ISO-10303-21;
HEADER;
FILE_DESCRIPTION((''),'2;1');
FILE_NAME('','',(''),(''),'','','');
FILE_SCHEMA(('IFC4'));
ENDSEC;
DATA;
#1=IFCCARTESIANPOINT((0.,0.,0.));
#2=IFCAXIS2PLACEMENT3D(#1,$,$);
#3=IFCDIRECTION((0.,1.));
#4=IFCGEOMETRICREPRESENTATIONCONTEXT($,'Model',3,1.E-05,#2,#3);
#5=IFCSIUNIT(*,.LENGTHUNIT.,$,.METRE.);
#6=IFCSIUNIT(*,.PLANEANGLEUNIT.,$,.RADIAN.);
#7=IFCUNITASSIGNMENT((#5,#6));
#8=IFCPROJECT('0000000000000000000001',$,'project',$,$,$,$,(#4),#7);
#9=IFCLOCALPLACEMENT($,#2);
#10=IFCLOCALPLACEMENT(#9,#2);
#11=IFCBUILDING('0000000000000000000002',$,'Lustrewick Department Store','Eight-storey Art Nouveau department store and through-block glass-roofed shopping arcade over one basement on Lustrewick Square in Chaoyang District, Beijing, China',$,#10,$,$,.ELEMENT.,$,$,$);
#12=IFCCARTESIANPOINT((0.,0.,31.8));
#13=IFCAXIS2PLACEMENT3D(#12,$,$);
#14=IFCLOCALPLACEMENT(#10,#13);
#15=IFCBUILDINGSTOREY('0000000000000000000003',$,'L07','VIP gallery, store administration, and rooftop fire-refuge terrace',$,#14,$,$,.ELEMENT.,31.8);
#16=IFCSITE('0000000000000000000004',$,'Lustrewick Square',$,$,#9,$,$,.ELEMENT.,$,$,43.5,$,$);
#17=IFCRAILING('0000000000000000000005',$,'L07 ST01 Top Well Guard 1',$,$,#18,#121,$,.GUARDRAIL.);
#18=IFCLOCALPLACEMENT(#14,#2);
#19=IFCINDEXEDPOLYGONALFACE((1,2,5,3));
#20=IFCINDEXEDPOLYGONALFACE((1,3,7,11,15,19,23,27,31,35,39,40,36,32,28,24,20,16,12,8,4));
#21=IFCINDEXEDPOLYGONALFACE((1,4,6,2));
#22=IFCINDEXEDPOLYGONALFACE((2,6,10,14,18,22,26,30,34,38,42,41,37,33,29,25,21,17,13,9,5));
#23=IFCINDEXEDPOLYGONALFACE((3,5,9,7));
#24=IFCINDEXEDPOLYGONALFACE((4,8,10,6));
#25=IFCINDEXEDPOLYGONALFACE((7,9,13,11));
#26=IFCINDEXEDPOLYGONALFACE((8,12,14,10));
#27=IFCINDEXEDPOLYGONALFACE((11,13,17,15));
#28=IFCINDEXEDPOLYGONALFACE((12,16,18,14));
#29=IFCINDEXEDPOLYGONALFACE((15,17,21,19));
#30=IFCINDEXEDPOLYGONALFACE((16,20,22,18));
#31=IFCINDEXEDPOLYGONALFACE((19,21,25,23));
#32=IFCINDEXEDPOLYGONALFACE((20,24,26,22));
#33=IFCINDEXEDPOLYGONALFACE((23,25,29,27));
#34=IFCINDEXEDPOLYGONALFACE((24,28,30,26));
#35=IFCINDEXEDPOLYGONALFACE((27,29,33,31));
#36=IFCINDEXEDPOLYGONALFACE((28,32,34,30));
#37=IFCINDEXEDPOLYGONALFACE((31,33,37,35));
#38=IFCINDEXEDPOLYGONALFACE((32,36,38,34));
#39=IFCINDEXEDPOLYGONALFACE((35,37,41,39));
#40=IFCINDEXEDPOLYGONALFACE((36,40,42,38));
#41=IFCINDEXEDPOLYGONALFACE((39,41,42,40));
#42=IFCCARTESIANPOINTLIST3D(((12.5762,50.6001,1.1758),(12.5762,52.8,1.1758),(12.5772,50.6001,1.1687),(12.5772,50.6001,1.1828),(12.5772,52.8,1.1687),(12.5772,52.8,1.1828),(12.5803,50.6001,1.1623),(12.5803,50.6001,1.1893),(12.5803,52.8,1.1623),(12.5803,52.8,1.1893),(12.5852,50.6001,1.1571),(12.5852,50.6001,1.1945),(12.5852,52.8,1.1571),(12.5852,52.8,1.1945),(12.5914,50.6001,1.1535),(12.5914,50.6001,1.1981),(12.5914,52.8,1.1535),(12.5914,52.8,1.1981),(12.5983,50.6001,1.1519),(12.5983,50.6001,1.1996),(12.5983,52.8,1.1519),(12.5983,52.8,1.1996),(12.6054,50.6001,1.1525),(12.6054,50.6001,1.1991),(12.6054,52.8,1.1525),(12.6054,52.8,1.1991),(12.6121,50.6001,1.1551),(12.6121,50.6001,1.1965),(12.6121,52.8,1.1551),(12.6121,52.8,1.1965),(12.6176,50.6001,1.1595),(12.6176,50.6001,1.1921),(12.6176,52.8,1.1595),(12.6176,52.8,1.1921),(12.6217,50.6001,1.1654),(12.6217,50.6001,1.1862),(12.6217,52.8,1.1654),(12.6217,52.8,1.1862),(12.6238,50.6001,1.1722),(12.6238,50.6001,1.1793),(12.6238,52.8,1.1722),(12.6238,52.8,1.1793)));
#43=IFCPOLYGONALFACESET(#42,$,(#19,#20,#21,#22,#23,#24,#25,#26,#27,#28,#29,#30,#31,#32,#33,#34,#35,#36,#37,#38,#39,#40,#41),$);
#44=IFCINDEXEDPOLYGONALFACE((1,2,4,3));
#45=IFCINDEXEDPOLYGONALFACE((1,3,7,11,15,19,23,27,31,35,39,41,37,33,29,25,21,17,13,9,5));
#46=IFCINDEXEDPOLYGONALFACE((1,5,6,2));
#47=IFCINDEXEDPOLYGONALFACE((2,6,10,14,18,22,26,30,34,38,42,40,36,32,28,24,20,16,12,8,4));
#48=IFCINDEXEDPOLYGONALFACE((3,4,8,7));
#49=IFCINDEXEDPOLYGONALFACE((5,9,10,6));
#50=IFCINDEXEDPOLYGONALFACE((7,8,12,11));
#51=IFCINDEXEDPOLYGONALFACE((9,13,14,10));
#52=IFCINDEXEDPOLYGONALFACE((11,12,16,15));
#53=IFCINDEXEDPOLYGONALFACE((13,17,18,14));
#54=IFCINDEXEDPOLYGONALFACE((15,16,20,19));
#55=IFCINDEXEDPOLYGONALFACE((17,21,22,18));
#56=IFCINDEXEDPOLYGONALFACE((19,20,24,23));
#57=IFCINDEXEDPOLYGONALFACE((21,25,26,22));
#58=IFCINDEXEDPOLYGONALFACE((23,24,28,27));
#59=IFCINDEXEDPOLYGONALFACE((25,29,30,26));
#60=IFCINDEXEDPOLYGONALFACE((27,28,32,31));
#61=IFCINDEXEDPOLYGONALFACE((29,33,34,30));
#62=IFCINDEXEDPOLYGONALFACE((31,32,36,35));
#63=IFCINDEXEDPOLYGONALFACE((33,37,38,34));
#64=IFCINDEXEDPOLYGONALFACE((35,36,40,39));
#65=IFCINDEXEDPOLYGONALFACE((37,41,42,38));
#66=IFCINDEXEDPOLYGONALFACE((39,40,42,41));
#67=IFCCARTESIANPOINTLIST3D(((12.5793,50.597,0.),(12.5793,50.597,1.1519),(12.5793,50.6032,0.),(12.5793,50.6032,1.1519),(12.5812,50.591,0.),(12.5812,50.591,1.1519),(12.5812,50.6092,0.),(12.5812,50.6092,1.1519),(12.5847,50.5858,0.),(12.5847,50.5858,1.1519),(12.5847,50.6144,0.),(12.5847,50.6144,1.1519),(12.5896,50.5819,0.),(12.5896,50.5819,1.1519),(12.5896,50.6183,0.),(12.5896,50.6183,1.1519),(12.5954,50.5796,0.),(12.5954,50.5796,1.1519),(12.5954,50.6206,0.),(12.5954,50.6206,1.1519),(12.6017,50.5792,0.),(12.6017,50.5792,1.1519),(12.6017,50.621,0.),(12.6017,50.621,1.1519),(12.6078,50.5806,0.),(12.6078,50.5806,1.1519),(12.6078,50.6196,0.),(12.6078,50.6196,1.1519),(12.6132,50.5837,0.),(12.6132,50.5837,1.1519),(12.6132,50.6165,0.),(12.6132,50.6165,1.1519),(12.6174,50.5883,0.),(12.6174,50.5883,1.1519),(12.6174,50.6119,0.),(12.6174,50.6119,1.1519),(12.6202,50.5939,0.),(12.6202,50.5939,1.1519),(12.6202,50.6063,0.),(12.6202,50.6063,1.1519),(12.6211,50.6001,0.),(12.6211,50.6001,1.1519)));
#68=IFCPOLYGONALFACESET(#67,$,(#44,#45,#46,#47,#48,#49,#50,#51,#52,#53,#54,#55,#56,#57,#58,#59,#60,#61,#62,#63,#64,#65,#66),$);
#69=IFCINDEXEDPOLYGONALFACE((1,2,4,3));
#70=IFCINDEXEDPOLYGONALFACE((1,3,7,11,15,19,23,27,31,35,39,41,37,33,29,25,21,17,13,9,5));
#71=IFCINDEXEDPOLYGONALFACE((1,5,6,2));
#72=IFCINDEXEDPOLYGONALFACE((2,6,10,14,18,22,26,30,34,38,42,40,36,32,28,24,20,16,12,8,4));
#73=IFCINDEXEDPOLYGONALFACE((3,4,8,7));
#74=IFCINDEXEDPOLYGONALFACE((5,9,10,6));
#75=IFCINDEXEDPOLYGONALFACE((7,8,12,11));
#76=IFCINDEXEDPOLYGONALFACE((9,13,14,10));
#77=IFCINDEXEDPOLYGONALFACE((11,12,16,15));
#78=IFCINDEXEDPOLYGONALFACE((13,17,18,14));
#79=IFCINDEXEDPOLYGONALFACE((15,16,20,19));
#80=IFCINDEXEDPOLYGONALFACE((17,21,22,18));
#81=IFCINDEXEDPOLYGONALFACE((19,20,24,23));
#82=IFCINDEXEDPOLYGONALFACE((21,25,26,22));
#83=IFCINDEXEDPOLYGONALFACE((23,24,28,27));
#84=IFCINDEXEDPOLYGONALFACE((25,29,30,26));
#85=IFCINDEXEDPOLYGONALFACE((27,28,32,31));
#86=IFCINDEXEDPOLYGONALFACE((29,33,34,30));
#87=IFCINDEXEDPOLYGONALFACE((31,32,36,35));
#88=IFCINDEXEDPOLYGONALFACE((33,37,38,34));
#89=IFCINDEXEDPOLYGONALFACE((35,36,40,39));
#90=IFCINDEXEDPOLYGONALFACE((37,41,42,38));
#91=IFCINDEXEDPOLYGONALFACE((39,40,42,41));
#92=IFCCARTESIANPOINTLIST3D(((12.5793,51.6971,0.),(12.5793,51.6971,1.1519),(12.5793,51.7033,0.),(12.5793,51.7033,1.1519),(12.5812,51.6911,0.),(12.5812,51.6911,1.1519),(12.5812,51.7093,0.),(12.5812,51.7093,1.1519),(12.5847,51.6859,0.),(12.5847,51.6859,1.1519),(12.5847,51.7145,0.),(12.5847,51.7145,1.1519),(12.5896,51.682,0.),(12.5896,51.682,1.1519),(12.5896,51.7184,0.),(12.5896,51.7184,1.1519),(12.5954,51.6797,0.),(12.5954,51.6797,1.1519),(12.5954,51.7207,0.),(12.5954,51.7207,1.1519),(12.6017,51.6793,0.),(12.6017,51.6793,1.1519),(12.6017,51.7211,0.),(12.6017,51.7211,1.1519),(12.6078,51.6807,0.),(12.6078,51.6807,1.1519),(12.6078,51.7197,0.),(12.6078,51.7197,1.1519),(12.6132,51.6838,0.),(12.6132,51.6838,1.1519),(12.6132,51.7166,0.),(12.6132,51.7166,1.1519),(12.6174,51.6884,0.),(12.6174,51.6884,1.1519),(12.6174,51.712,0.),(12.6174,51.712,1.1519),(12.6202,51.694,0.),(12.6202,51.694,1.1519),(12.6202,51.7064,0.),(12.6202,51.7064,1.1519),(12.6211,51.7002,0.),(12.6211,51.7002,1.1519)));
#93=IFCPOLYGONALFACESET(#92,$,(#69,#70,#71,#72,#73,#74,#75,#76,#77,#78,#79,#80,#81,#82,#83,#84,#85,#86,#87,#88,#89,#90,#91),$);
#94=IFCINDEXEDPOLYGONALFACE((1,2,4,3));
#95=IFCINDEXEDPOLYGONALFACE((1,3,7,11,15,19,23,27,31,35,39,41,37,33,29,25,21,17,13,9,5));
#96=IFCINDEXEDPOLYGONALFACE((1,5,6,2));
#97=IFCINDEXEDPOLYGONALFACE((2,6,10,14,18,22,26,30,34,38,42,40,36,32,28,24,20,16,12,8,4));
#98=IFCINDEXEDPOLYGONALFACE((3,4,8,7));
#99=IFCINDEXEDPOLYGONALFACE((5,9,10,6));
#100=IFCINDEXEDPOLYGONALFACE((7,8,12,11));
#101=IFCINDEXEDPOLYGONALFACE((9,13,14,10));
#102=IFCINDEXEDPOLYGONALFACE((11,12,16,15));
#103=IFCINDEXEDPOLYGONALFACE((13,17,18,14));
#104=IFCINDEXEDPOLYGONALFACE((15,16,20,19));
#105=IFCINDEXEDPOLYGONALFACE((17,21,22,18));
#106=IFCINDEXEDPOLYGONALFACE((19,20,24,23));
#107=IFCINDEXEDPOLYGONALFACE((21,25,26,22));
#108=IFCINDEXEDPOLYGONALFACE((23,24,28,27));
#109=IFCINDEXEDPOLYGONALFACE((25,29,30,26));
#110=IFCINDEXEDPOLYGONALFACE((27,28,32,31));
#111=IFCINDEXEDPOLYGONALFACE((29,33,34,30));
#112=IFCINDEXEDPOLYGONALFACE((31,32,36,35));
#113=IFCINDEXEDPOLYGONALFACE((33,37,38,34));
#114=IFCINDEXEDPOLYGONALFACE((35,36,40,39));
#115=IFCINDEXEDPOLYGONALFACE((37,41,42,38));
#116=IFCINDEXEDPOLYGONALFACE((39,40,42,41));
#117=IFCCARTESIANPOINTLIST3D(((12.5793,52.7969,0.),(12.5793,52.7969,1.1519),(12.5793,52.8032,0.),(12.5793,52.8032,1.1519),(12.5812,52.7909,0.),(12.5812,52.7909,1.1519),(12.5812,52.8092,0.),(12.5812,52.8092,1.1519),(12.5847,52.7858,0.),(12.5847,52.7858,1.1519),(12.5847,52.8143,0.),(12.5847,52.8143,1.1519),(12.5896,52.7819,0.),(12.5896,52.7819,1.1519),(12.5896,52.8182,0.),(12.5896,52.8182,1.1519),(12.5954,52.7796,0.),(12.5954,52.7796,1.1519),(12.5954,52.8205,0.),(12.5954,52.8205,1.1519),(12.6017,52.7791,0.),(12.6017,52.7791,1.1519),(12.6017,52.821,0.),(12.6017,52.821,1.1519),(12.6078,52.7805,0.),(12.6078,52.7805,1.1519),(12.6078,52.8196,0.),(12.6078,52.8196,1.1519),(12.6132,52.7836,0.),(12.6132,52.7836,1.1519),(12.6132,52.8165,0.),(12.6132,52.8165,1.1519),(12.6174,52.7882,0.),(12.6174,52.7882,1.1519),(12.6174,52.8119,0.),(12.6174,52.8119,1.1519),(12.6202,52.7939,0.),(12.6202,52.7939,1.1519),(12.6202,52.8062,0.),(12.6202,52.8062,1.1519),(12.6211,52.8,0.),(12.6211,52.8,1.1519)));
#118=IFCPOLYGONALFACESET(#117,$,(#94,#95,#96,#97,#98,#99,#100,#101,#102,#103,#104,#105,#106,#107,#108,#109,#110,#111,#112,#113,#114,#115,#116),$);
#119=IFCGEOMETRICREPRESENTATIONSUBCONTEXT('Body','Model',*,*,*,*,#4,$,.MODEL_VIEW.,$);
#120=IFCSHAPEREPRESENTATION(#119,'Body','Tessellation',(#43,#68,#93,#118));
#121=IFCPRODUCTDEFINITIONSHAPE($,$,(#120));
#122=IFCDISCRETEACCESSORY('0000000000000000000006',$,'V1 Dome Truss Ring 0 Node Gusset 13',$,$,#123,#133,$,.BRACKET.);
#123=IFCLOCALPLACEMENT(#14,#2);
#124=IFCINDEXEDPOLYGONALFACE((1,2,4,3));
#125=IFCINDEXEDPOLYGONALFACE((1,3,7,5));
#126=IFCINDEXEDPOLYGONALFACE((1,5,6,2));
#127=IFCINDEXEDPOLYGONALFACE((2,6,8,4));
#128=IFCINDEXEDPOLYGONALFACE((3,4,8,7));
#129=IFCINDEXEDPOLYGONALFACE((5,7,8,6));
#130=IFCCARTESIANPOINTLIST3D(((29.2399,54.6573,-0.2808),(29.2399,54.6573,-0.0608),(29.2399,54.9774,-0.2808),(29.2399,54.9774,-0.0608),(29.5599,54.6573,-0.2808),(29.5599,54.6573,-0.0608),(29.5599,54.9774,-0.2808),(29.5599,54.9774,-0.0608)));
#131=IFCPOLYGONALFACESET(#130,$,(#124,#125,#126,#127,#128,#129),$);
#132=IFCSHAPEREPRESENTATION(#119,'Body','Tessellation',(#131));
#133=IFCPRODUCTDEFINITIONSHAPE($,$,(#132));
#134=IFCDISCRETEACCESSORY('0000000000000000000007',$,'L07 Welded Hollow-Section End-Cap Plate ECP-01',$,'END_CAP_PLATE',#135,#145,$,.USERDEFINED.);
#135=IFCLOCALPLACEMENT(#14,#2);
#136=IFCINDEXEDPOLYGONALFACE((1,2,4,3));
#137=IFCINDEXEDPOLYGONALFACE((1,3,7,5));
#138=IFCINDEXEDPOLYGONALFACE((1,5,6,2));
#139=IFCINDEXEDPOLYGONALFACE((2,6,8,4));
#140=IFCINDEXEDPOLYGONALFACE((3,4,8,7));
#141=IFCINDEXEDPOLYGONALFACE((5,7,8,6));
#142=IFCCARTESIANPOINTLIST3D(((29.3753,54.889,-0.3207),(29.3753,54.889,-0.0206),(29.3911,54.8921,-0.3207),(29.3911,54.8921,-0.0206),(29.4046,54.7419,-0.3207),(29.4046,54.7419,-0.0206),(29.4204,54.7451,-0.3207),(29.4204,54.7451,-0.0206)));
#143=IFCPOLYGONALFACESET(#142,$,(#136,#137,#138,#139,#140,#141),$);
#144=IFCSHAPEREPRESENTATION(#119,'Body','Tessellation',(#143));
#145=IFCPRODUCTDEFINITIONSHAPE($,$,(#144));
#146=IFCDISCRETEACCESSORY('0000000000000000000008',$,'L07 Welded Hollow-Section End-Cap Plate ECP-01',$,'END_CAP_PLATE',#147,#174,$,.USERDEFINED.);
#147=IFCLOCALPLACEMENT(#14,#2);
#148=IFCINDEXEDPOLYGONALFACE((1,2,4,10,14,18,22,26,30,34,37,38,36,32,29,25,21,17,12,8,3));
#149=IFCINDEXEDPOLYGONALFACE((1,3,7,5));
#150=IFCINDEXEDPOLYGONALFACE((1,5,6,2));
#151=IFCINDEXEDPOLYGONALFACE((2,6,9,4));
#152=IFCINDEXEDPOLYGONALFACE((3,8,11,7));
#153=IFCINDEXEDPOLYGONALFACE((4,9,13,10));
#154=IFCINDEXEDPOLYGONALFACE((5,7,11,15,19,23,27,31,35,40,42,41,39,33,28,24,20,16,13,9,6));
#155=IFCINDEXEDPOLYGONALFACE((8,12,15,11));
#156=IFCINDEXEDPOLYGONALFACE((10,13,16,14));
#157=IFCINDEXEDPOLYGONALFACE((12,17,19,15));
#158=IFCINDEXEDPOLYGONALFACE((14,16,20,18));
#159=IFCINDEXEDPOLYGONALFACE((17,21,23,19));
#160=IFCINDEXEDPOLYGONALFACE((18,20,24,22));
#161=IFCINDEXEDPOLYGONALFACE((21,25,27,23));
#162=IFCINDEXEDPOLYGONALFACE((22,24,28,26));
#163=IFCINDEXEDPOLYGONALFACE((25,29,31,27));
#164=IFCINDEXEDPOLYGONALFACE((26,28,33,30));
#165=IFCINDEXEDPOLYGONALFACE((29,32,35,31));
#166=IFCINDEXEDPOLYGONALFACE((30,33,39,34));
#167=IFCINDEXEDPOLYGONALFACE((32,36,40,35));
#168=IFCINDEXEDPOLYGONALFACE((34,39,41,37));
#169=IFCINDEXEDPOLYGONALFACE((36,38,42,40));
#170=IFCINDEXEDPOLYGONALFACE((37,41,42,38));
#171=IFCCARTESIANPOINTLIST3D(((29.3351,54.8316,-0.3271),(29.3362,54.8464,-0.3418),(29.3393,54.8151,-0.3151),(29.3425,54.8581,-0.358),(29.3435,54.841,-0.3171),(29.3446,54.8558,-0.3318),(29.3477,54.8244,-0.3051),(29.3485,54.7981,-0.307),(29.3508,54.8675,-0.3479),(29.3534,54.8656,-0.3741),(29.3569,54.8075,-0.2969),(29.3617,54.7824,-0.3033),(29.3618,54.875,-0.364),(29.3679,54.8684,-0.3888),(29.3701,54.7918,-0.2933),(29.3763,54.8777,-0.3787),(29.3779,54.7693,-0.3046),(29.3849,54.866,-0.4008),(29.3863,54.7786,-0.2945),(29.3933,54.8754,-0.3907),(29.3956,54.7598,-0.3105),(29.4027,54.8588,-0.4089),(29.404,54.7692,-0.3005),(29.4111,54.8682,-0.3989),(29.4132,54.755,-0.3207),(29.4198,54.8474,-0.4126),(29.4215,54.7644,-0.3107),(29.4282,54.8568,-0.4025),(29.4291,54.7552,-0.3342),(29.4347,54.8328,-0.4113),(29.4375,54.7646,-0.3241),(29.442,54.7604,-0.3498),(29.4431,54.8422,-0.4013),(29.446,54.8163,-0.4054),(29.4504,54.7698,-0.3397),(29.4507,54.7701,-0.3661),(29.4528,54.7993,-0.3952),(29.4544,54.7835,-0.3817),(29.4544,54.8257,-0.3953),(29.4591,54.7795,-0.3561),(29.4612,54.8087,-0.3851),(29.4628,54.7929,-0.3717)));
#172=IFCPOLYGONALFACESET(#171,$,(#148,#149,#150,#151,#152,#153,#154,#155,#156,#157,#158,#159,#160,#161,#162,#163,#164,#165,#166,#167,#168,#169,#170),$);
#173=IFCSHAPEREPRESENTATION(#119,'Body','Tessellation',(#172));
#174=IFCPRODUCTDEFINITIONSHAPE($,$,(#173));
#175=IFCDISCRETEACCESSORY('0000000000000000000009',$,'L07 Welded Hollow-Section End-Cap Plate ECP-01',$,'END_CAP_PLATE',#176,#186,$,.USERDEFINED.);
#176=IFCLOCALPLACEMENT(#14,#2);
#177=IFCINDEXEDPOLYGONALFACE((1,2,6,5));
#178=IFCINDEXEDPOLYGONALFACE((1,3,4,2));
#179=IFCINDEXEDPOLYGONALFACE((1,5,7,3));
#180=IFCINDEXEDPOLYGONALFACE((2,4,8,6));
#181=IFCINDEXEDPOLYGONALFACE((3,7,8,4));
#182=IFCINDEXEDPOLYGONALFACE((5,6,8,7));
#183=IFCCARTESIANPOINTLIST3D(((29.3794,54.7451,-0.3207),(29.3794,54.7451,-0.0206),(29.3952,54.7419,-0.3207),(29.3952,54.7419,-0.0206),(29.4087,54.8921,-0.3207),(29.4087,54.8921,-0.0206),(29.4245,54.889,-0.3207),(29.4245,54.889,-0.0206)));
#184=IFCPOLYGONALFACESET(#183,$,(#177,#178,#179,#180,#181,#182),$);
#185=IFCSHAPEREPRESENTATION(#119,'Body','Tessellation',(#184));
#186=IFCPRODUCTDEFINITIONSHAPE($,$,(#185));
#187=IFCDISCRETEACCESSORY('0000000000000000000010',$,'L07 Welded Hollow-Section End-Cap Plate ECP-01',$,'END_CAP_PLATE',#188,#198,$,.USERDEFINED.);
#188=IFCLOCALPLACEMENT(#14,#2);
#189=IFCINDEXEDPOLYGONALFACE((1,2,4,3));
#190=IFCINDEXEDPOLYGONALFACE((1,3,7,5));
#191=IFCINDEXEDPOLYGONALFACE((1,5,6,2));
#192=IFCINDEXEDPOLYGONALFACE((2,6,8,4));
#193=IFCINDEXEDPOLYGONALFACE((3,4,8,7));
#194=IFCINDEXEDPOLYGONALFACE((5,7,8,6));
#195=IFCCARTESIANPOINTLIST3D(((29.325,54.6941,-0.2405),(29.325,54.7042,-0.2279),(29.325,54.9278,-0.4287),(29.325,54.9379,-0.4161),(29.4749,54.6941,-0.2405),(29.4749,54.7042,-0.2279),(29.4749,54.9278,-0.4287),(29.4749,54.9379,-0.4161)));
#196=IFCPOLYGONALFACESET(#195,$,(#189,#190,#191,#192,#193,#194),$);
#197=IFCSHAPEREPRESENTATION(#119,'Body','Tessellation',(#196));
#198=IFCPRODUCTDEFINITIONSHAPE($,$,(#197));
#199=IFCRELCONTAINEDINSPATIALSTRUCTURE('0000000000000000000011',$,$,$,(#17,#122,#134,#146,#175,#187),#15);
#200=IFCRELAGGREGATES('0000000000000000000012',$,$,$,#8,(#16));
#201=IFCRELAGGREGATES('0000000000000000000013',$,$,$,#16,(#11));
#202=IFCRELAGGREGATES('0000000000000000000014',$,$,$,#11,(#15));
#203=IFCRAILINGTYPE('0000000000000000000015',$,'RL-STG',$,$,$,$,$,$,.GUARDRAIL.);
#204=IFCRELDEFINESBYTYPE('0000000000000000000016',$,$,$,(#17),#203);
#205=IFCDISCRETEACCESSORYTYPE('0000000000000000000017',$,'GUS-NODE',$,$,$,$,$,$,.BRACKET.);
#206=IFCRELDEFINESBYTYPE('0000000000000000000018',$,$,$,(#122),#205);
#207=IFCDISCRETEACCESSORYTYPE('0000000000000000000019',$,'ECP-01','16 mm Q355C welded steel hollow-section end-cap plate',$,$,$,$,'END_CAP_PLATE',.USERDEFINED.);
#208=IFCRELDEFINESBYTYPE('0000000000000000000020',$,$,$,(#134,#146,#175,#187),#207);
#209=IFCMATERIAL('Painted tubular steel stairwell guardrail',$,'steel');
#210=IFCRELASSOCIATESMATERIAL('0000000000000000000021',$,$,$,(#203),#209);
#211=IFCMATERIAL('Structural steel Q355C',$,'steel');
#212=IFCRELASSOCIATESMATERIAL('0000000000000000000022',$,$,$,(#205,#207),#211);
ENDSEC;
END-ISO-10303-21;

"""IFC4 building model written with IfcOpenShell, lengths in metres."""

from ifc_helpers import new_model, si_unit, direction, frame, origin, origin_2d, place, context, subcontext, project, spatial, rectangle, circle, extrude, material, type_object, element, save


model = new_model("IFC4")

# Units and contexts
model_context = context("Model", 3, precision=1e-05, world=origin(), true_north=direction((0.0, 1.0)))
body_context = subcontext(model_context, "Body", "Model", "MODEL_VIEW")
ifc_project = project(units=[si_unit("LENGTHUNIT", "METRE"), si_unit("PLANEANGLEUNIT", "RADIAN")], contexts=[model_context])

# Site, building, storey
site_placement = place(None, origin())
site = spatial("IfcSite", under=ifc_project, at=site_placement, Name="Lustrewick Square", CompositionType="ELEMENT", RefElevation=43.5)
building_placement = place(site_placement, origin())
building = spatial("IfcBuilding", under=site, at=building_placement, Name="Lustrewick Department Store", Description="Eight-storey Art Nouveau department store and through-block glass-roofed shopping arcade over one basement on Lustrewick Square in Chaoyang District, Beijing, China", CompositionType="ELEMENT")
storey_placement = place(building_placement, frame((0.0, 0.0, 31.8)))
storey = spatial("IfcBuildingStorey", under=building, at=storey_placement, Name="L07", Description="VIP gallery, store administration, and rooftop fire-refuge terrace", CompositionType="ELEMENT", Elevation=31.8)

# Shared definitions
ifc_material_1 = material(Name="Structural steel Q355C", Category="steel")

# Railing
ifc_material_2 = material(Name="Painted tubular steel stairwell guardrail", Category="steel")
railing_type = type_object("IfcRailingType", Name="RL-STG", PredefinedType="GUARDRAIL", material=ifc_material_2)
railing_placement = place(storey_placement, frame((12.6001, 50.6001, 0.0)))
element("IfcRailing", 1, at=railing_placement, inside=storey, type_object=railing_type, Name="L07 ST01 Top Well Guard 1", PredefinedType="GUARDRAIL", context=body_context, shape_type="SweptSolid", body=[
    extrude(circle(Radius=0.0239, at=origin_2d()), frame((0.0, 0.0, 1.1758), z_axis=(0.0, 1.0, 0.0), x_axis=(-1.0, 0.0, 0.0)), (0.0, 0.0, 1.0), 2.2),
    extrude(circle(Radius=0.021, at=origin_2d()), origin(), (0.0, 0.0, 1.0), 1.1519),
    extrude(circle(Radius=0.021, at=origin_2d()), frame((0.0, 1.1001, 0.0)), (0.0, 0.0, 1.0), 1.1519),
    extrude(circle(Radius=0.021, at=origin_2d()), frame((0.0, 2.2, 0.0)), (0.0, 0.0, 1.0), 1.1519),
])

# Discrete accessories
discrete_accessory_type_1 = type_object("IfcDiscreteAccessoryType", Name="GUS-NODE", PredefinedType="BRACKET", material=ifc_material_1)
discrete_accessory_1_placement = place(storey_placement, frame((29.3999, 54.8174, -0.2808), z_axis=(0.0, 0.0, 1.0), x_axis=(1.0, 0.0, 0.0)))
element("IfcDiscreteAccessory", 2, at=discrete_accessory_1_placement, inside=storey, type_object=discrete_accessory_type_1, Name="V1 Dome Truss Ring 0 Node Gusset 13", PredefinedType="BRACKET", context=body_context, shape_type="SweptSolid", body=[
    extrude(rectangle(XDim=0.3201, YDim=0.3201, at=origin_2d()), origin(), (0.0, 0.0, 1.0), 0.22),
])
discrete_accessory_type_2 = type_object("IfcDiscreteAccessoryType", Name="ECP-01", Description="16 mm Q355C welded steel hollow-section end-cap plate", ElementType="END_CAP_PLATE", PredefinedType="USERDEFINED", material=ifc_material_1)
discrete_accessory_2_placement = place(storey_placement, frame((29.4058, 54.8186, -0.1707), z_axis=(-0.980784, -0.195096, 0.0), x_axis=(-0.195096, 0.980784, 0.0)))
element("IfcDiscreteAccessory", 3, at=discrete_accessory_2_placement, inside=storey, type_object=discrete_accessory_type_2, Name="L07 Welded Hollow-Section End-Cap Plate ECP-01", ObjectType="END_CAP_PLATE", PredefinedType="USERDEFINED", context=body_context, shape_type="SweptSolid", body=[
    extrude(rectangle(XDim=0.1499, YDim=0.3, at=origin_2d()), origin(), (0.0, 0.0, 1.0), 0.0161),
])
discrete_accessory_3_placement = place(storey_placement, frame((29.4031, 54.8208, -0.3479), z_axis=(-0.520975, -0.582586, -0.623842), x_axis=(-0.745423, 0.666591, 0.0)))
element("IfcDiscreteAccessory", 4, at=discrete_accessory_3_placement, inside=storey, type_object=discrete_accessory_type_2, Name="L07 Welded Hollow-Section End-Cap Plate ECP-01", ObjectType="END_CAP_PLATE", PredefinedType="USERDEFINED", context=body_context, shape_type="SweptSolid", body=[
    extrude(circle(Radius=0.0701, at=origin_2d()), origin(), (0.0, 0.0, 1.0), 0.0161),
])
for number, where, z_axis, x_axis, name in (
    (5, (29.394, 54.8186, -0.1707), (0.980782, -0.195105, 0.0), (0.195105, 0.980782, 0.0), "L07 Welded Hollow-Section End-Cap Plate ECP-01"),
    (6, (29.3999, 54.821, -0.322), (0.0, -0.627154, -0.778895), (-1.0, 0.0, 0.0), "L07 Welded Hollow-Section End-Cap Plate ECP-01"),
):
    element("IfcDiscreteAccessory", number, at=place(storey_placement, frame(where, z_axis=z_axis, x_axis=x_axis)), inside=storey, type_object=discrete_accessory_type_2, Name=name, ObjectType="END_CAP_PLATE", PredefinedType="USERDEFINED", context=body_context, shape_type="SweptSolid", body=[
        extrude(rectangle(XDim=0.1499, YDim=0.3, at=origin_2d()), origin(), (0.0, 0.0, 1.0), 0.0161),
    ])

save(model, "model.ifc")
